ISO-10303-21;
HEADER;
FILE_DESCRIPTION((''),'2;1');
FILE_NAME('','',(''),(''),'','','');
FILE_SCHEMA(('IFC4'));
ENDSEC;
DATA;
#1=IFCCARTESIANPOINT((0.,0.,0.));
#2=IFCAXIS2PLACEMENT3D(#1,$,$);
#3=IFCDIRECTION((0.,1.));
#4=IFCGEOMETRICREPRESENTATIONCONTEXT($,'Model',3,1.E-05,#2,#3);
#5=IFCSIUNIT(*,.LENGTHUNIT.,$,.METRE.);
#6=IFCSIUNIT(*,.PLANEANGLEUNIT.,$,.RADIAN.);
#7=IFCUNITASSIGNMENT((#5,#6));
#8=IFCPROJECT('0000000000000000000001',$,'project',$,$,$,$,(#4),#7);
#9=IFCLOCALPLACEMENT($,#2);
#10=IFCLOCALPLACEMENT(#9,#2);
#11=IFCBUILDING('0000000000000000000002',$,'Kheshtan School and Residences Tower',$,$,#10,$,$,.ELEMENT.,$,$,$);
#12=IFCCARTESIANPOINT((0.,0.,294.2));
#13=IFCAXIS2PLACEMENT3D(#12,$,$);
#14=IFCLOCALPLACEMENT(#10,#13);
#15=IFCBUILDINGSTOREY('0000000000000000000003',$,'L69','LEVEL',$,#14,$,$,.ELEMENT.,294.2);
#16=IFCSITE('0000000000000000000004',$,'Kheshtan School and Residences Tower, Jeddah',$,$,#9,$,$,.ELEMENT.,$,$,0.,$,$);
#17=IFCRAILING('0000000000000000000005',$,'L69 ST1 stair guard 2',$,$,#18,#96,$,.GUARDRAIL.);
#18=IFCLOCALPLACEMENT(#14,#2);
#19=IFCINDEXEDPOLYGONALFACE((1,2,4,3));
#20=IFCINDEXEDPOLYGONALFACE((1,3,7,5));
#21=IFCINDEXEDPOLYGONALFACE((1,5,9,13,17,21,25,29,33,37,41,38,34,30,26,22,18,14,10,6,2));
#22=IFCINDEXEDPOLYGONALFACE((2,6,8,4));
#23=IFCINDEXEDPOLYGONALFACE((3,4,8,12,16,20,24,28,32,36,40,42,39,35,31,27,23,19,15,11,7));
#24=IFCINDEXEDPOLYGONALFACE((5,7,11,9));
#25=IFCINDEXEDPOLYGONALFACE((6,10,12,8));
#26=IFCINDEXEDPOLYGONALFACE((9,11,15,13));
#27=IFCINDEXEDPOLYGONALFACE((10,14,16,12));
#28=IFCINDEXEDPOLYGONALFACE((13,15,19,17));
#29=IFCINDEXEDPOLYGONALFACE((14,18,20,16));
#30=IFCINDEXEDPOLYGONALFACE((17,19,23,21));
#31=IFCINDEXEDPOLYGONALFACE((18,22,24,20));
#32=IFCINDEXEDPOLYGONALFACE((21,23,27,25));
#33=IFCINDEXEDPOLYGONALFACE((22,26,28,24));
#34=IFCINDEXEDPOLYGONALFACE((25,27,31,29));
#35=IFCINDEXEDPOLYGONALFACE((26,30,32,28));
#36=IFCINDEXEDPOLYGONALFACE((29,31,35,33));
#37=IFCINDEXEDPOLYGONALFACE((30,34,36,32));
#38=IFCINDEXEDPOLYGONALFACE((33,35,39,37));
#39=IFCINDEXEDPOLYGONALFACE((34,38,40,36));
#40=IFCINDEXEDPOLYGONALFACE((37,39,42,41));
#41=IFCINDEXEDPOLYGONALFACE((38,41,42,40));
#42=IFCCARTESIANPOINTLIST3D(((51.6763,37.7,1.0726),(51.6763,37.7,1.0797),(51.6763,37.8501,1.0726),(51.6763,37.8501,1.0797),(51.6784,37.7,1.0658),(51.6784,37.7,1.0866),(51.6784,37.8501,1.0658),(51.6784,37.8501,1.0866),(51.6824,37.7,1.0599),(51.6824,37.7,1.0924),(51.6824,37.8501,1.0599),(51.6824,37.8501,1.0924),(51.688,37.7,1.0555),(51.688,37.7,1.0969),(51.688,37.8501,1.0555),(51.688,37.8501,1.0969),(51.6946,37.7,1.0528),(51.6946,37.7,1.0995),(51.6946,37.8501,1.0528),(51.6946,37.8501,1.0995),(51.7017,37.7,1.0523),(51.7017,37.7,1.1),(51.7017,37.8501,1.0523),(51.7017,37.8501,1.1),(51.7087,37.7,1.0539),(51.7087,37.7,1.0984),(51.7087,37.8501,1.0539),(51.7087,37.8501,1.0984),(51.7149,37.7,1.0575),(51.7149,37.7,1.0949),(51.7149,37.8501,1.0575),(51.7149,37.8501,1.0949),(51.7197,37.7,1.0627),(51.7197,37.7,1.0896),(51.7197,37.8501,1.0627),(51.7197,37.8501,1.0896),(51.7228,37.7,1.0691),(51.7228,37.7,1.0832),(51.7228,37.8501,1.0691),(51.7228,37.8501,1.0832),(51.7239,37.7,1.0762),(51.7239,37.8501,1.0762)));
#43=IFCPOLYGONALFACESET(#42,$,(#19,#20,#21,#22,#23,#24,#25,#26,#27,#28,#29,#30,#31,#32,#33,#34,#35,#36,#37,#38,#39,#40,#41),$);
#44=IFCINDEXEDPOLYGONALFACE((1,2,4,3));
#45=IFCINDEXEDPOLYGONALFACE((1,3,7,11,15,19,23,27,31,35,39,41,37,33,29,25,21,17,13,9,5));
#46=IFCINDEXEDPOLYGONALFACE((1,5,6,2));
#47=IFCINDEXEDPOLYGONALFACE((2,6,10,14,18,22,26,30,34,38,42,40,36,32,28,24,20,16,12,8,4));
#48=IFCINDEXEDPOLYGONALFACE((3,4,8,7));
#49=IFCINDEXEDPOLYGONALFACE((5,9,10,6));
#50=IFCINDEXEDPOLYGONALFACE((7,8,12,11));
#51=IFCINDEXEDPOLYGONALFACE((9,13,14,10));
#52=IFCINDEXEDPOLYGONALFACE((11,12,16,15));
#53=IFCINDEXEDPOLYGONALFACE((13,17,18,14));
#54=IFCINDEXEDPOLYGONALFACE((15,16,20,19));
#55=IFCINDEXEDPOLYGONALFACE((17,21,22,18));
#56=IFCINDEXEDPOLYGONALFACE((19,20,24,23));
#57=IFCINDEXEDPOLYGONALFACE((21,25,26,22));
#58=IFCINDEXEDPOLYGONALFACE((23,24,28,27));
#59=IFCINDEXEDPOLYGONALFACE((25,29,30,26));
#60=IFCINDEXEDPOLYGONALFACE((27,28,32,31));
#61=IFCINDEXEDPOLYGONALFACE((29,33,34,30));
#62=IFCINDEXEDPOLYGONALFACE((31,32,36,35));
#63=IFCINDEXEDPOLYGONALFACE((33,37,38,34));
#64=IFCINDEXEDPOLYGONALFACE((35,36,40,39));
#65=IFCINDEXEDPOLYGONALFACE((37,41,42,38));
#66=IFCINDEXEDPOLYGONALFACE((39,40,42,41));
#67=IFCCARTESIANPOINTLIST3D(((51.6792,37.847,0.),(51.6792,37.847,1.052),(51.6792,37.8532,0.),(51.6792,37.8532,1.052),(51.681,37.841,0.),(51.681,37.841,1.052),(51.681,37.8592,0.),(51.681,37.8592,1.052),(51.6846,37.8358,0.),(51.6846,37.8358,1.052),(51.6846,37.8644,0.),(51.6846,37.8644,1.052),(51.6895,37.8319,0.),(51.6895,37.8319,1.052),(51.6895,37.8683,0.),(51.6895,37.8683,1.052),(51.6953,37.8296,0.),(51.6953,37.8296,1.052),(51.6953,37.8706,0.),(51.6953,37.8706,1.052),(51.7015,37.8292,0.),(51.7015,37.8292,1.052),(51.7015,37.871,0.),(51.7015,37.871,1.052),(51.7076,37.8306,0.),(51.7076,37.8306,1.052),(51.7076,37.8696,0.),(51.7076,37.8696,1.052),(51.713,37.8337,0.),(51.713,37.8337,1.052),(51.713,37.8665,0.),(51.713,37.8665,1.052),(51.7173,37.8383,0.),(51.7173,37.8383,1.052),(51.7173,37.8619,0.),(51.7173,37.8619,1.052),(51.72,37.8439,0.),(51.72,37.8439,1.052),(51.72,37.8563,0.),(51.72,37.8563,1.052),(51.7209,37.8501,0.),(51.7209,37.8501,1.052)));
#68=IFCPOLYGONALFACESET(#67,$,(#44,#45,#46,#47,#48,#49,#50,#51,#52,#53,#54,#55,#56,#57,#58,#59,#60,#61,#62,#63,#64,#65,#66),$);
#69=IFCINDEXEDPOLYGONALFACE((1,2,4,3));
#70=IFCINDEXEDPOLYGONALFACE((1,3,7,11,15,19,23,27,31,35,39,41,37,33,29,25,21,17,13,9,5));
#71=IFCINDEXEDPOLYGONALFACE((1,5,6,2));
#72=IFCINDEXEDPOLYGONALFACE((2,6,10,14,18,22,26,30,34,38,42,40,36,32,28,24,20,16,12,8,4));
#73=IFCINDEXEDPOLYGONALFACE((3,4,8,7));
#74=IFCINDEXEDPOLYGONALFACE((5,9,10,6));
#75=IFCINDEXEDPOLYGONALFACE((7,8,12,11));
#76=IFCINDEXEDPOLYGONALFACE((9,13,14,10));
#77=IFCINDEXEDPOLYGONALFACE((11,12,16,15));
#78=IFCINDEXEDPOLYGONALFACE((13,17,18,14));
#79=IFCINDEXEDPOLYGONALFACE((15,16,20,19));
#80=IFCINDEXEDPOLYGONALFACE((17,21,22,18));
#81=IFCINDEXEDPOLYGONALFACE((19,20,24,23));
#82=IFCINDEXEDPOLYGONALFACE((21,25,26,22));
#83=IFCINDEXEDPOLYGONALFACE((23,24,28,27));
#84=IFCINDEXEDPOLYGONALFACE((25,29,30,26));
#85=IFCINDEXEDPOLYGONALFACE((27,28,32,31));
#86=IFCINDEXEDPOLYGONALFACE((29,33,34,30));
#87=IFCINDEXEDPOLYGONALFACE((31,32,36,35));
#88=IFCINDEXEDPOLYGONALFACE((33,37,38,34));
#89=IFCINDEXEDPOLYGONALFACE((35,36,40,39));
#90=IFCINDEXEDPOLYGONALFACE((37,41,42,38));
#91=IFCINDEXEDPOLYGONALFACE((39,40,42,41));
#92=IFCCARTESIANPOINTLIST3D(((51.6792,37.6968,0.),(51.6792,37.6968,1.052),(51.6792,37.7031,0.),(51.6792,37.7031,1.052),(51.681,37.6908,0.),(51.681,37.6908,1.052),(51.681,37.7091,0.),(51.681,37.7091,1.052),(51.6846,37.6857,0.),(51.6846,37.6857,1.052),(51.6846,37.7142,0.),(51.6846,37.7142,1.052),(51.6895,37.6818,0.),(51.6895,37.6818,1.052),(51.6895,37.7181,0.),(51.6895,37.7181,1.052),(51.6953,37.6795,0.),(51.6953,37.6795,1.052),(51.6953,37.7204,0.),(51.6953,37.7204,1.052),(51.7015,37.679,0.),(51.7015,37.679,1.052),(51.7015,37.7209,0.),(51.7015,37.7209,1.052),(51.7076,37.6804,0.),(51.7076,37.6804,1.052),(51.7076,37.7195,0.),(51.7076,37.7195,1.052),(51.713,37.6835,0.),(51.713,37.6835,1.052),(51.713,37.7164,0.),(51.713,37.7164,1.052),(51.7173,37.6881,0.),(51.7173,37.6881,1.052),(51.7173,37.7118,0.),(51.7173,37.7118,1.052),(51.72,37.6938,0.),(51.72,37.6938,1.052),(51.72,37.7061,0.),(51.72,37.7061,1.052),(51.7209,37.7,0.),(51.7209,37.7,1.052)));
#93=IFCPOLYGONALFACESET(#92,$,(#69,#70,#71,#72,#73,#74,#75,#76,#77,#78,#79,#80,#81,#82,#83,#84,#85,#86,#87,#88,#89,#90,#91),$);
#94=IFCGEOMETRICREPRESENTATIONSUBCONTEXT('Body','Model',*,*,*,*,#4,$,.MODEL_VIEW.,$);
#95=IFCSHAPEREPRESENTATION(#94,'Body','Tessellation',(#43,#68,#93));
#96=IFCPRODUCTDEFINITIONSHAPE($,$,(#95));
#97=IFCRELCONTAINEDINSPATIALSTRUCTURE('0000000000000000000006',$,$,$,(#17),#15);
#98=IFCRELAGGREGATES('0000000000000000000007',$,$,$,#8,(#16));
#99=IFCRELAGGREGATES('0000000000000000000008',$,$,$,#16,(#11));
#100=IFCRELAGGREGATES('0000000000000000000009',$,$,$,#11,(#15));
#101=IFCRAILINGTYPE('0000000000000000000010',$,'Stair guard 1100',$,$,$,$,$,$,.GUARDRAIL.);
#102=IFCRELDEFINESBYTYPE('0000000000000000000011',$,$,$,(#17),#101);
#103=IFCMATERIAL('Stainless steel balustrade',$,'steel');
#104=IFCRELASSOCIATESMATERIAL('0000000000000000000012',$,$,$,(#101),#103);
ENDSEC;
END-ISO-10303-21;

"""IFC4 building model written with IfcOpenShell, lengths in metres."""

from ifc_helpers import new_model, si_unit, direction, frame, origin, origin_2d, place, context, subcontext, project, spatial, circle, extrude, material, type_object, element, save


model = new_model("IFC4")

# Units and contexts
model_context = context("Model", 3, precision=1e-05, world=origin(), true_north=direction((0.0, 1.0)))
body_context = subcontext(model_context, "Body", "Model", "MODEL_VIEW")
ifc_project = project(units=[si_unit("LENGTHUNIT", "METRE"), si_unit("PLANEANGLEUNIT", "RADIAN")], contexts=[model_context])

# Site, building, storey
site_placement = place(None, origin())
site = spatial("IfcSite", under=ifc_project, at=site_placement, Name="Kheshtan School and Residences Tower, Jeddah", CompositionType="ELEMENT", RefElevation=0.0)
building_placement = place(site_placement, origin())
building = spatial("IfcBuilding", under=site, at=building_placement, Name="Kheshtan School and Residences Tower", CompositionType="ELEMENT")
storey_placement = place(building_placement, frame((0.0, 0.0, 294.2)))
storey = spatial("IfcBuildingStorey", under=building, at=storey_placement, Name="L69", Description="LEVEL", CompositionType="ELEMENT", Elevation=294.2)

# Railing
ifc_material_1 = material(Name="Stainless steel balustrade", Category="steel")
railing_type_1 = type_object("IfcRailingType", Name="Stair guard 1100", PredefinedType="GUARDRAIL", material=ifc_material_1)
railing_1_placement = place(storey_placement, frame((51.7, 37.8501, 0.0)))
element("IfcRailing", 1, at=railing_1_placement, inside=storey, type_object=railing_type_1, Name="L69 ST1 stair guard 2", PredefinedType="GUARDRAIL", context=body_context, shape_type="SweptSolid", body=[
    extrude(circle(Radius=0.0239, at=origin_2d()), frame((0.0, 0.0, 1.0762), z_axis=(0.0, -1.0, 0.0), x_axis=(1.0, 0.0, 0.0)), (0.0, 0.0, 1.0), 0.1501),
    extrude(circle(Radius=0.021, at=origin_2d()), origin(), (0.0, 0.0, 1.0), 1.052),
    extrude(circle(Radius=0.021, at=origin_2d()), frame((0.0, -0.1501, 0.0)), (0.0, 0.0, 1.0), 1.052),
])

save(model, "model.ifc")
